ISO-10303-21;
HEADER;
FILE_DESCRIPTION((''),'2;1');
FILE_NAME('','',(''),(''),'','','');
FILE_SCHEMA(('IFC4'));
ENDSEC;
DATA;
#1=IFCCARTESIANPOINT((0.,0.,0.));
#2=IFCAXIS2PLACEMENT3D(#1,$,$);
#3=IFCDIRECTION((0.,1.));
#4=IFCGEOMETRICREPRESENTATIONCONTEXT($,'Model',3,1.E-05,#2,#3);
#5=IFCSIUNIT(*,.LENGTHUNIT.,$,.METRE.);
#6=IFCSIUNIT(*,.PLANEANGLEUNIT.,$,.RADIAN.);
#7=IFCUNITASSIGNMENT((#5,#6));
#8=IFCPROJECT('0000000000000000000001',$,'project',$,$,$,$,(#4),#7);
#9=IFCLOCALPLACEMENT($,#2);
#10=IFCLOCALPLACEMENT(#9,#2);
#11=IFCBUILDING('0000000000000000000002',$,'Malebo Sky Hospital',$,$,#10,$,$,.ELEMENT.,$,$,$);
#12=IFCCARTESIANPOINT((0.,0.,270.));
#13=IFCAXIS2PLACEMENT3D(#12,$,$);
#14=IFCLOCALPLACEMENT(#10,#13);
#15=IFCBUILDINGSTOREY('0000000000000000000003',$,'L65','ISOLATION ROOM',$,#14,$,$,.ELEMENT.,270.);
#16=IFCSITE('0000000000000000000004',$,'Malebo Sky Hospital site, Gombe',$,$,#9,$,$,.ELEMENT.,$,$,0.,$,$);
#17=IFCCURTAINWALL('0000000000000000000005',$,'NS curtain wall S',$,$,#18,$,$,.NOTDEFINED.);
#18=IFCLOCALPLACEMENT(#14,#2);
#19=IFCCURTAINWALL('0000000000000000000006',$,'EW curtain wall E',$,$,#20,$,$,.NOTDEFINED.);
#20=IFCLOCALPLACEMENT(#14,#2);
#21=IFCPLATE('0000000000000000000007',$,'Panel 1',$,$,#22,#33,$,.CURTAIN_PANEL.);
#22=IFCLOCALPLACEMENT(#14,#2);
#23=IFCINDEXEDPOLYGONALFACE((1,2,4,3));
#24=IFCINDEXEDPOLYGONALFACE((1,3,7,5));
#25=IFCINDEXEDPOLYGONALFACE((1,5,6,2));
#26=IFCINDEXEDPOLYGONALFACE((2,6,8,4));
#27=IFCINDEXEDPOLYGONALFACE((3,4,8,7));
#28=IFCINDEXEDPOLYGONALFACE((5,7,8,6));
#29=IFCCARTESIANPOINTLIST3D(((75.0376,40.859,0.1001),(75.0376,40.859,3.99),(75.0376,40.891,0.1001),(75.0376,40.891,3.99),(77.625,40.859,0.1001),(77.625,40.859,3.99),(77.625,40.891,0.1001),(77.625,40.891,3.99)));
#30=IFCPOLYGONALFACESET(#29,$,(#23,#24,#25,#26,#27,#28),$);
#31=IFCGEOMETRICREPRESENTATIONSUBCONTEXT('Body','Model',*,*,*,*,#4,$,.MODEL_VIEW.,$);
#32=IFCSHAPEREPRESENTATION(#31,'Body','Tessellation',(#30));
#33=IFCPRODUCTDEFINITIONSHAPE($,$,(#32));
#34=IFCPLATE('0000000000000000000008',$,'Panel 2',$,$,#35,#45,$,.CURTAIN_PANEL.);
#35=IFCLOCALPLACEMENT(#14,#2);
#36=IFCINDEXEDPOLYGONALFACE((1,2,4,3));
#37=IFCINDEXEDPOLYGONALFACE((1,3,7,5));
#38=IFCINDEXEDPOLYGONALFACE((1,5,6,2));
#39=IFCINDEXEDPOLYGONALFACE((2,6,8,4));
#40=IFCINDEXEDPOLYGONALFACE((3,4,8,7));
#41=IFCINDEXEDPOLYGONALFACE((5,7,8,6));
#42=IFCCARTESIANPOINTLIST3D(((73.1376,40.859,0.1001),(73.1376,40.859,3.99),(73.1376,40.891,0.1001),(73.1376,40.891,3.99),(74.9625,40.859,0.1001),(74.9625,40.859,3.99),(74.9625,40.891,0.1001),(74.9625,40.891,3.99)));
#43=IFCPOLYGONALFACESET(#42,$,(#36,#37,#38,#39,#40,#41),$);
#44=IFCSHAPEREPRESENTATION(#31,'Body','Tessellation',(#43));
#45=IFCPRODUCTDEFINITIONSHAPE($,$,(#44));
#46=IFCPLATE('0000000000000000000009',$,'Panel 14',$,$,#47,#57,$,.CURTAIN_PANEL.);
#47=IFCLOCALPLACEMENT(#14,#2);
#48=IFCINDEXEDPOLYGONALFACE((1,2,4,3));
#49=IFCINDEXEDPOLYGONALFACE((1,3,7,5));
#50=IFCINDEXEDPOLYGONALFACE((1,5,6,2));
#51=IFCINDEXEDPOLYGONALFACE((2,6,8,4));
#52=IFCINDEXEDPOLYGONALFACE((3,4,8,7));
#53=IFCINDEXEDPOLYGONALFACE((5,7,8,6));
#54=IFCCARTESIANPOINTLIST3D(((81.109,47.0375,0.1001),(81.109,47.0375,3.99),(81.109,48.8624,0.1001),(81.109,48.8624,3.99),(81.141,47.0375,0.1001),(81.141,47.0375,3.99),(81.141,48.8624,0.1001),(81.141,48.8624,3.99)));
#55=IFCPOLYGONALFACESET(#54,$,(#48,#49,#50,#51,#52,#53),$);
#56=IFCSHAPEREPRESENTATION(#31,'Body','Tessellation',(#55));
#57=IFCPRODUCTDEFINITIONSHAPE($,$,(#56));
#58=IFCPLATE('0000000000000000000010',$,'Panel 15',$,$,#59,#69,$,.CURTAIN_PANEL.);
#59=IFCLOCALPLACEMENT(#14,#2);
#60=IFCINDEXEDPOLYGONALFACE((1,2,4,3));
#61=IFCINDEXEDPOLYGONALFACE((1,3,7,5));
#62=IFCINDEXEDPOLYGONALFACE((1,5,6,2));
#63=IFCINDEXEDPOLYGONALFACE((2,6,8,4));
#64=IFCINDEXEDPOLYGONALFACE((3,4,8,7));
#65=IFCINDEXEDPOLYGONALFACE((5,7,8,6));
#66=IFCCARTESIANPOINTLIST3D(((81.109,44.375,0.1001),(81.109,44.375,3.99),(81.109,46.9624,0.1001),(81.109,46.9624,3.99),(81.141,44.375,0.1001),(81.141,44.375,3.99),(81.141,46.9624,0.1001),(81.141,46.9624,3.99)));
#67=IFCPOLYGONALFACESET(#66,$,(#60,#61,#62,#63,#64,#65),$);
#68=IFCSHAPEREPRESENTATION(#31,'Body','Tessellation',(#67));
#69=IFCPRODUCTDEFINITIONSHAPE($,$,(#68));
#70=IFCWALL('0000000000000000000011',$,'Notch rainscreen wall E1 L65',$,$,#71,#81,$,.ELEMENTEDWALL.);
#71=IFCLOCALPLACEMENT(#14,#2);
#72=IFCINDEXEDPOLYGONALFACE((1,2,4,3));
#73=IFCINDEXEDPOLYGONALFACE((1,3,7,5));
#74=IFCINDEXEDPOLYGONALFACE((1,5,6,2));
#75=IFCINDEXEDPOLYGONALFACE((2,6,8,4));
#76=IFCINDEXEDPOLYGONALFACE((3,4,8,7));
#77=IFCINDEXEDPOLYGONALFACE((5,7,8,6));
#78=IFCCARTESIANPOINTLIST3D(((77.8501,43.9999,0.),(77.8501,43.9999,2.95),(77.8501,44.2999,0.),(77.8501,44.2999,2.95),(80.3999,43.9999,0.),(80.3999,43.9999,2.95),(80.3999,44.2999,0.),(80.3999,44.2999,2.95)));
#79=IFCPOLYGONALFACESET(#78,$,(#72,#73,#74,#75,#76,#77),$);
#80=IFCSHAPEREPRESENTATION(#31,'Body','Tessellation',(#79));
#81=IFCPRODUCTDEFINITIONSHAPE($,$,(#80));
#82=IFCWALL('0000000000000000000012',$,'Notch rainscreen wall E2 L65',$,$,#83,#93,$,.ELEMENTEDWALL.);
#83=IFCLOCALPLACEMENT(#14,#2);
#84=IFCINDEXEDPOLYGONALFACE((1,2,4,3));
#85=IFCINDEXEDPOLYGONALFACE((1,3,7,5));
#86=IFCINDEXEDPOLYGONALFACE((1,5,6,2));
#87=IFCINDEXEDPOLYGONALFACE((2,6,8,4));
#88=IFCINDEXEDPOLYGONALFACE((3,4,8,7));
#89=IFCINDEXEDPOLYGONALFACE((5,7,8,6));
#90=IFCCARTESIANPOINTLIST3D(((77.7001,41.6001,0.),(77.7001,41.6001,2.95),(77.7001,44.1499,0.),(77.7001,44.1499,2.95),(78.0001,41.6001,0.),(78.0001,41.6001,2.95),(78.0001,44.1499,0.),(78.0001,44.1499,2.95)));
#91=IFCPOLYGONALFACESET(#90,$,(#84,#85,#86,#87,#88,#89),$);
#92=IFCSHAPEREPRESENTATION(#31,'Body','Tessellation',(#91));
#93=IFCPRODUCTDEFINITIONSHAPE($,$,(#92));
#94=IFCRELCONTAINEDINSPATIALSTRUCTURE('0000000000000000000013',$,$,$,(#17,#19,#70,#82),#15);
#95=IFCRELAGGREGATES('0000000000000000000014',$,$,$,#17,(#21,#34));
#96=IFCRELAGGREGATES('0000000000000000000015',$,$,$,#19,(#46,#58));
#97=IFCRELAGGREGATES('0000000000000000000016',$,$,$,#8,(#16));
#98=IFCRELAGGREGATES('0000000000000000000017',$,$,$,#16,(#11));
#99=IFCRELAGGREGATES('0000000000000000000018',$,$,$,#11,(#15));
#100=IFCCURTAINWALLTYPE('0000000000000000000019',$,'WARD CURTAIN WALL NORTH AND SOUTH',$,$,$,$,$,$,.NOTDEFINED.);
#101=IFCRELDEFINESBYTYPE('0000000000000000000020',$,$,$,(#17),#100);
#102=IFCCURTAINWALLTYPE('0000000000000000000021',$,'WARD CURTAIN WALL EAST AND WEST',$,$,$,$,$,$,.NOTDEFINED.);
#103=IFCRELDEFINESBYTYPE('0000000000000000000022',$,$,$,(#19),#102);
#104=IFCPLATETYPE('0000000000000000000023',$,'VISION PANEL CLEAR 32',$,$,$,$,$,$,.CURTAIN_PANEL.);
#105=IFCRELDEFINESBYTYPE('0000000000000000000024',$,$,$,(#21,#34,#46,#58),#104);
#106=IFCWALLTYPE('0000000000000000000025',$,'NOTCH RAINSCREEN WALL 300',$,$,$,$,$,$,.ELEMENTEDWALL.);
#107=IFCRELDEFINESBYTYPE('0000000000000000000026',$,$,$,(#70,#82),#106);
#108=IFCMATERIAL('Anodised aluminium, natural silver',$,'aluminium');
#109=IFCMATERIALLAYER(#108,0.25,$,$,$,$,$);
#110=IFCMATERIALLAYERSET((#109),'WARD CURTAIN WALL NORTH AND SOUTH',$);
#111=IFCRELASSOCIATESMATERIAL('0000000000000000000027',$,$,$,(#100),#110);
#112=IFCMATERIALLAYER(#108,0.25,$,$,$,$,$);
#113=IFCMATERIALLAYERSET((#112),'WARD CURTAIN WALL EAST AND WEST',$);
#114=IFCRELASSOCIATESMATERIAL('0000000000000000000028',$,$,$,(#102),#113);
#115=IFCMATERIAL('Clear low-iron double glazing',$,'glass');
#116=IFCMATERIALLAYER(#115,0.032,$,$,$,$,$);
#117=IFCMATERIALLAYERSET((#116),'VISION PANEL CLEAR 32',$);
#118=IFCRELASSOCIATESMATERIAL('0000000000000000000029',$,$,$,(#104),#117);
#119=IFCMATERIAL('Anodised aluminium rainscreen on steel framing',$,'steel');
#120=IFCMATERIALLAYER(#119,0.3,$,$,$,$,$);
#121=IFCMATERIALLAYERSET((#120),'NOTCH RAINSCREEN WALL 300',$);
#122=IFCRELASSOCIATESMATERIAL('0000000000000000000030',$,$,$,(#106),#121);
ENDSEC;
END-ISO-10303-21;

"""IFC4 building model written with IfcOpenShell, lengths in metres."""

from ifc_helpers import new_model, si_unit, direction, frame, frame_2d, origin, origin_2d, place, context, subcontext, project, spatial, rectangle, extrude, material, layer, layer_set, type_object, element, aggregate, save


model = new_model("IFC4")

# Units and contexts
model_context = context("Model", 3, precision=1e-05, world=origin(), true_north=direction((0.0, 1.0)))
body_context = subcontext(model_context, "Body", "Model", "MODEL_VIEW")
ifc_project = project(units=[si_unit("LENGTHUNIT", "METRE"), si_unit("PLANEANGLEUNIT", "RADIAN")], contexts=[model_context])

# Site, building, storey
site_placement = place(None, origin())
site = spatial("IfcSite", under=ifc_project, at=site_placement, Name="Malebo Sky Hospital site, Gombe", CompositionType="ELEMENT", RefElevation=0.0)
building_placement = place(site_placement, origin())
building = spatial("IfcBuilding", under=site, at=building_placement, Name="Malebo Sky Hospital", CompositionType="ELEMENT")
storey_placement = place(building_placement, frame((0.0, 0.0, 270.0)))
storey = spatial("IfcBuildingStorey", under=building, at=storey_placement, Name="L65", Description="ISOLATION ROOM", CompositionType="ELEMENT", Elevation=270.0)

# Curtain walls
ifc_material_1 = material(Name="Anodised aluminium, natural silver", Category="aluminium")
ifc_layer_1 = layer(ifc_material_1, 0.25)
ifc_layer_set_1 = layer_set([ifc_layer_1], Name="WARD CURTAIN WALL NORTH AND SOUTH")
curtain_wall_type_1 = type_object("IfcCurtainWallType", Name="WARD CURTAIN WALL NORTH AND SOUTH", PredefinedType="NOTDEFINED", material=ifc_layer_set_1)
curtain_wall_1_placement = place(storey_placement, origin())
curtain_wall_1 = element("IfcCurtainWall", 1, at=curtain_wall_1_placement, inside=storey, type_object=curtain_wall_type_1, Name="NS curtain wall S", PredefinedType="NOTDEFINED")
ifc_layer_2 = layer(ifc_material_1, 0.25)
ifc_layer_set_2 = layer_set([ifc_layer_2], Name="WARD CURTAIN WALL EAST AND WEST")
curtain_wall_type_2 = type_object("IfcCurtainWallType", Name="WARD CURTAIN WALL EAST AND WEST", PredefinedType="NOTDEFINED", material=ifc_layer_set_2)
curtain_wall_2_placement = place(storey_placement, origin())
curtain_wall_2 = element("IfcCurtainWall", 2, at=curtain_wall_2_placement, inside=storey, type_object=curtain_wall_type_2, Name="EW curtain wall E", PredefinedType="NOTDEFINED")

# Plates
ifc_material_2 = material(Name="Clear low-iron double glazing", Category="glass")
ifc_layer_3 = layer(ifc_material_2, 0.032)
ifc_layer_set_3 = layer_set([ifc_layer_3], Name="VISION PANEL CLEAR 32")
plate_type = type_object("IfcPlateType", Name="VISION PANEL CLEAR 32", PredefinedType="CURTAIN_PANEL", material=ifc_layer_set_3)
plate_1_placement = place(storey_placement, frame((76.3313, 40.875, 0.1001), z_axis=(0.0, 0.0, 1.0), x_axis=(-1.0, 0.0, 0.0)))
plate_1 = element("IfcPlate", 3, at=plate_1_placement, type_object=plate_type, Name="Panel 1", PredefinedType="CURTAIN_PANEL", context=body_context, shape_type="SweptSolid", body=[
    extrude(rectangle(XDim=2.5874, YDim=0.032, at=origin_2d()), origin(), (0.0, 0.0, 1.0), 3.8899),
])
plate_2_placement = place(storey_placement, frame((74.05, 40.875, 0.1001), z_axis=(0.0, 0.0, 1.0), x_axis=(-1.0, 0.0, 0.0)))
plate_2 = element("IfcPlate", 4, at=plate_2_placement, type_object=plate_type, Name="Panel 2", PredefinedType="CURTAIN_PANEL", context=body_context, shape_type="SweptSolid", body=[
    extrude(rectangle(XDim=1.825, YDim=0.032, at=origin_2d()), origin(), (0.0, 0.0, 1.0), 3.8899),
])
aggregate(curtain_wall_1, [plate_1, plate_2])
plate_3_placement = place(storey_placement, frame((81.125, 47.95, 0.1001), z_axis=(0.0, 0.0, 1.0), x_axis=(0.0, -1.0, 0.0)))
plate_3 = element("IfcPlate", 5, at=plate_3_placement, type_object=plate_type, Name="Panel 14", PredefinedType="CURTAIN_PANEL", context=body_context, shape_type="SweptSolid", body=[
    extrude(rectangle(XDim=1.825, YDim=0.032, at=origin_2d()), origin(), (0.0, 0.0, 1.0), 3.8899),
])
plate_4_placement = place(storey_placement, frame((81.125, 45.6687, 0.1001), z_axis=(0.0, 0.0, 1.0), x_axis=(0.0, -1.0, 0.0)))
plate_4 = element("IfcPlate", 6, at=plate_4_placement, type_object=plate_type, Name="Panel 15", PredefinedType="CURTAIN_PANEL", context=body_context, shape_type="SweptSolid", body=[
    extrude(rectangle(XDim=2.5874, YDim=0.032, at=origin_2d()), origin(), (0.0, 0.0, 1.0), 3.8899),
])
aggregate(curtain_wall_2, [plate_3, plate_4])

# Walls
ifc_material_3 = material(Name="Anodised aluminium rainscreen on steel framing", Category="steel")
ifc_layer_4 = layer(ifc_material_3, 0.3)
ifc_layer_set_4 = layer_set([ifc_layer_4], Name="NOTCH RAINSCREEN WALL 300")
wall_type = type_object("IfcWallType", Name="NOTCH RAINSCREEN WALL 300", PredefinedType="ELEMENTEDWALL", material=ifc_layer_set_4)
for number, where, z_axis, x_axis, name in (
    (7, (80.3999, 44.1499, 0.0), (0.0, 0.0, 1.0), (-1.0, 0.0, 0.0), "Notch rainscreen wall E1 L65"),
    (8, (77.8501, 44.1499, 0.0), (0.0, 0.0, 1.0), (0.0, -1.0, 0.0), "Notch rainscreen wall E2 L65"),
):
    element("IfcWall", number, at=place(storey_placement, frame(where, z_axis=z_axis, x_axis=x_axis)), inside=storey, type_object=wall_type, Name=name, PredefinedType="ELEMENTEDWALL", context=body_context, shape_type="SweptSolid", body=[
        extrude(rectangle(XDim=2.5498, YDim=0.3, at=frame_2d((1.2749, 0.0))), origin(), (0.0, 0.0, 1.0), 2.95),
    ])

save(model, "model.ifc")
